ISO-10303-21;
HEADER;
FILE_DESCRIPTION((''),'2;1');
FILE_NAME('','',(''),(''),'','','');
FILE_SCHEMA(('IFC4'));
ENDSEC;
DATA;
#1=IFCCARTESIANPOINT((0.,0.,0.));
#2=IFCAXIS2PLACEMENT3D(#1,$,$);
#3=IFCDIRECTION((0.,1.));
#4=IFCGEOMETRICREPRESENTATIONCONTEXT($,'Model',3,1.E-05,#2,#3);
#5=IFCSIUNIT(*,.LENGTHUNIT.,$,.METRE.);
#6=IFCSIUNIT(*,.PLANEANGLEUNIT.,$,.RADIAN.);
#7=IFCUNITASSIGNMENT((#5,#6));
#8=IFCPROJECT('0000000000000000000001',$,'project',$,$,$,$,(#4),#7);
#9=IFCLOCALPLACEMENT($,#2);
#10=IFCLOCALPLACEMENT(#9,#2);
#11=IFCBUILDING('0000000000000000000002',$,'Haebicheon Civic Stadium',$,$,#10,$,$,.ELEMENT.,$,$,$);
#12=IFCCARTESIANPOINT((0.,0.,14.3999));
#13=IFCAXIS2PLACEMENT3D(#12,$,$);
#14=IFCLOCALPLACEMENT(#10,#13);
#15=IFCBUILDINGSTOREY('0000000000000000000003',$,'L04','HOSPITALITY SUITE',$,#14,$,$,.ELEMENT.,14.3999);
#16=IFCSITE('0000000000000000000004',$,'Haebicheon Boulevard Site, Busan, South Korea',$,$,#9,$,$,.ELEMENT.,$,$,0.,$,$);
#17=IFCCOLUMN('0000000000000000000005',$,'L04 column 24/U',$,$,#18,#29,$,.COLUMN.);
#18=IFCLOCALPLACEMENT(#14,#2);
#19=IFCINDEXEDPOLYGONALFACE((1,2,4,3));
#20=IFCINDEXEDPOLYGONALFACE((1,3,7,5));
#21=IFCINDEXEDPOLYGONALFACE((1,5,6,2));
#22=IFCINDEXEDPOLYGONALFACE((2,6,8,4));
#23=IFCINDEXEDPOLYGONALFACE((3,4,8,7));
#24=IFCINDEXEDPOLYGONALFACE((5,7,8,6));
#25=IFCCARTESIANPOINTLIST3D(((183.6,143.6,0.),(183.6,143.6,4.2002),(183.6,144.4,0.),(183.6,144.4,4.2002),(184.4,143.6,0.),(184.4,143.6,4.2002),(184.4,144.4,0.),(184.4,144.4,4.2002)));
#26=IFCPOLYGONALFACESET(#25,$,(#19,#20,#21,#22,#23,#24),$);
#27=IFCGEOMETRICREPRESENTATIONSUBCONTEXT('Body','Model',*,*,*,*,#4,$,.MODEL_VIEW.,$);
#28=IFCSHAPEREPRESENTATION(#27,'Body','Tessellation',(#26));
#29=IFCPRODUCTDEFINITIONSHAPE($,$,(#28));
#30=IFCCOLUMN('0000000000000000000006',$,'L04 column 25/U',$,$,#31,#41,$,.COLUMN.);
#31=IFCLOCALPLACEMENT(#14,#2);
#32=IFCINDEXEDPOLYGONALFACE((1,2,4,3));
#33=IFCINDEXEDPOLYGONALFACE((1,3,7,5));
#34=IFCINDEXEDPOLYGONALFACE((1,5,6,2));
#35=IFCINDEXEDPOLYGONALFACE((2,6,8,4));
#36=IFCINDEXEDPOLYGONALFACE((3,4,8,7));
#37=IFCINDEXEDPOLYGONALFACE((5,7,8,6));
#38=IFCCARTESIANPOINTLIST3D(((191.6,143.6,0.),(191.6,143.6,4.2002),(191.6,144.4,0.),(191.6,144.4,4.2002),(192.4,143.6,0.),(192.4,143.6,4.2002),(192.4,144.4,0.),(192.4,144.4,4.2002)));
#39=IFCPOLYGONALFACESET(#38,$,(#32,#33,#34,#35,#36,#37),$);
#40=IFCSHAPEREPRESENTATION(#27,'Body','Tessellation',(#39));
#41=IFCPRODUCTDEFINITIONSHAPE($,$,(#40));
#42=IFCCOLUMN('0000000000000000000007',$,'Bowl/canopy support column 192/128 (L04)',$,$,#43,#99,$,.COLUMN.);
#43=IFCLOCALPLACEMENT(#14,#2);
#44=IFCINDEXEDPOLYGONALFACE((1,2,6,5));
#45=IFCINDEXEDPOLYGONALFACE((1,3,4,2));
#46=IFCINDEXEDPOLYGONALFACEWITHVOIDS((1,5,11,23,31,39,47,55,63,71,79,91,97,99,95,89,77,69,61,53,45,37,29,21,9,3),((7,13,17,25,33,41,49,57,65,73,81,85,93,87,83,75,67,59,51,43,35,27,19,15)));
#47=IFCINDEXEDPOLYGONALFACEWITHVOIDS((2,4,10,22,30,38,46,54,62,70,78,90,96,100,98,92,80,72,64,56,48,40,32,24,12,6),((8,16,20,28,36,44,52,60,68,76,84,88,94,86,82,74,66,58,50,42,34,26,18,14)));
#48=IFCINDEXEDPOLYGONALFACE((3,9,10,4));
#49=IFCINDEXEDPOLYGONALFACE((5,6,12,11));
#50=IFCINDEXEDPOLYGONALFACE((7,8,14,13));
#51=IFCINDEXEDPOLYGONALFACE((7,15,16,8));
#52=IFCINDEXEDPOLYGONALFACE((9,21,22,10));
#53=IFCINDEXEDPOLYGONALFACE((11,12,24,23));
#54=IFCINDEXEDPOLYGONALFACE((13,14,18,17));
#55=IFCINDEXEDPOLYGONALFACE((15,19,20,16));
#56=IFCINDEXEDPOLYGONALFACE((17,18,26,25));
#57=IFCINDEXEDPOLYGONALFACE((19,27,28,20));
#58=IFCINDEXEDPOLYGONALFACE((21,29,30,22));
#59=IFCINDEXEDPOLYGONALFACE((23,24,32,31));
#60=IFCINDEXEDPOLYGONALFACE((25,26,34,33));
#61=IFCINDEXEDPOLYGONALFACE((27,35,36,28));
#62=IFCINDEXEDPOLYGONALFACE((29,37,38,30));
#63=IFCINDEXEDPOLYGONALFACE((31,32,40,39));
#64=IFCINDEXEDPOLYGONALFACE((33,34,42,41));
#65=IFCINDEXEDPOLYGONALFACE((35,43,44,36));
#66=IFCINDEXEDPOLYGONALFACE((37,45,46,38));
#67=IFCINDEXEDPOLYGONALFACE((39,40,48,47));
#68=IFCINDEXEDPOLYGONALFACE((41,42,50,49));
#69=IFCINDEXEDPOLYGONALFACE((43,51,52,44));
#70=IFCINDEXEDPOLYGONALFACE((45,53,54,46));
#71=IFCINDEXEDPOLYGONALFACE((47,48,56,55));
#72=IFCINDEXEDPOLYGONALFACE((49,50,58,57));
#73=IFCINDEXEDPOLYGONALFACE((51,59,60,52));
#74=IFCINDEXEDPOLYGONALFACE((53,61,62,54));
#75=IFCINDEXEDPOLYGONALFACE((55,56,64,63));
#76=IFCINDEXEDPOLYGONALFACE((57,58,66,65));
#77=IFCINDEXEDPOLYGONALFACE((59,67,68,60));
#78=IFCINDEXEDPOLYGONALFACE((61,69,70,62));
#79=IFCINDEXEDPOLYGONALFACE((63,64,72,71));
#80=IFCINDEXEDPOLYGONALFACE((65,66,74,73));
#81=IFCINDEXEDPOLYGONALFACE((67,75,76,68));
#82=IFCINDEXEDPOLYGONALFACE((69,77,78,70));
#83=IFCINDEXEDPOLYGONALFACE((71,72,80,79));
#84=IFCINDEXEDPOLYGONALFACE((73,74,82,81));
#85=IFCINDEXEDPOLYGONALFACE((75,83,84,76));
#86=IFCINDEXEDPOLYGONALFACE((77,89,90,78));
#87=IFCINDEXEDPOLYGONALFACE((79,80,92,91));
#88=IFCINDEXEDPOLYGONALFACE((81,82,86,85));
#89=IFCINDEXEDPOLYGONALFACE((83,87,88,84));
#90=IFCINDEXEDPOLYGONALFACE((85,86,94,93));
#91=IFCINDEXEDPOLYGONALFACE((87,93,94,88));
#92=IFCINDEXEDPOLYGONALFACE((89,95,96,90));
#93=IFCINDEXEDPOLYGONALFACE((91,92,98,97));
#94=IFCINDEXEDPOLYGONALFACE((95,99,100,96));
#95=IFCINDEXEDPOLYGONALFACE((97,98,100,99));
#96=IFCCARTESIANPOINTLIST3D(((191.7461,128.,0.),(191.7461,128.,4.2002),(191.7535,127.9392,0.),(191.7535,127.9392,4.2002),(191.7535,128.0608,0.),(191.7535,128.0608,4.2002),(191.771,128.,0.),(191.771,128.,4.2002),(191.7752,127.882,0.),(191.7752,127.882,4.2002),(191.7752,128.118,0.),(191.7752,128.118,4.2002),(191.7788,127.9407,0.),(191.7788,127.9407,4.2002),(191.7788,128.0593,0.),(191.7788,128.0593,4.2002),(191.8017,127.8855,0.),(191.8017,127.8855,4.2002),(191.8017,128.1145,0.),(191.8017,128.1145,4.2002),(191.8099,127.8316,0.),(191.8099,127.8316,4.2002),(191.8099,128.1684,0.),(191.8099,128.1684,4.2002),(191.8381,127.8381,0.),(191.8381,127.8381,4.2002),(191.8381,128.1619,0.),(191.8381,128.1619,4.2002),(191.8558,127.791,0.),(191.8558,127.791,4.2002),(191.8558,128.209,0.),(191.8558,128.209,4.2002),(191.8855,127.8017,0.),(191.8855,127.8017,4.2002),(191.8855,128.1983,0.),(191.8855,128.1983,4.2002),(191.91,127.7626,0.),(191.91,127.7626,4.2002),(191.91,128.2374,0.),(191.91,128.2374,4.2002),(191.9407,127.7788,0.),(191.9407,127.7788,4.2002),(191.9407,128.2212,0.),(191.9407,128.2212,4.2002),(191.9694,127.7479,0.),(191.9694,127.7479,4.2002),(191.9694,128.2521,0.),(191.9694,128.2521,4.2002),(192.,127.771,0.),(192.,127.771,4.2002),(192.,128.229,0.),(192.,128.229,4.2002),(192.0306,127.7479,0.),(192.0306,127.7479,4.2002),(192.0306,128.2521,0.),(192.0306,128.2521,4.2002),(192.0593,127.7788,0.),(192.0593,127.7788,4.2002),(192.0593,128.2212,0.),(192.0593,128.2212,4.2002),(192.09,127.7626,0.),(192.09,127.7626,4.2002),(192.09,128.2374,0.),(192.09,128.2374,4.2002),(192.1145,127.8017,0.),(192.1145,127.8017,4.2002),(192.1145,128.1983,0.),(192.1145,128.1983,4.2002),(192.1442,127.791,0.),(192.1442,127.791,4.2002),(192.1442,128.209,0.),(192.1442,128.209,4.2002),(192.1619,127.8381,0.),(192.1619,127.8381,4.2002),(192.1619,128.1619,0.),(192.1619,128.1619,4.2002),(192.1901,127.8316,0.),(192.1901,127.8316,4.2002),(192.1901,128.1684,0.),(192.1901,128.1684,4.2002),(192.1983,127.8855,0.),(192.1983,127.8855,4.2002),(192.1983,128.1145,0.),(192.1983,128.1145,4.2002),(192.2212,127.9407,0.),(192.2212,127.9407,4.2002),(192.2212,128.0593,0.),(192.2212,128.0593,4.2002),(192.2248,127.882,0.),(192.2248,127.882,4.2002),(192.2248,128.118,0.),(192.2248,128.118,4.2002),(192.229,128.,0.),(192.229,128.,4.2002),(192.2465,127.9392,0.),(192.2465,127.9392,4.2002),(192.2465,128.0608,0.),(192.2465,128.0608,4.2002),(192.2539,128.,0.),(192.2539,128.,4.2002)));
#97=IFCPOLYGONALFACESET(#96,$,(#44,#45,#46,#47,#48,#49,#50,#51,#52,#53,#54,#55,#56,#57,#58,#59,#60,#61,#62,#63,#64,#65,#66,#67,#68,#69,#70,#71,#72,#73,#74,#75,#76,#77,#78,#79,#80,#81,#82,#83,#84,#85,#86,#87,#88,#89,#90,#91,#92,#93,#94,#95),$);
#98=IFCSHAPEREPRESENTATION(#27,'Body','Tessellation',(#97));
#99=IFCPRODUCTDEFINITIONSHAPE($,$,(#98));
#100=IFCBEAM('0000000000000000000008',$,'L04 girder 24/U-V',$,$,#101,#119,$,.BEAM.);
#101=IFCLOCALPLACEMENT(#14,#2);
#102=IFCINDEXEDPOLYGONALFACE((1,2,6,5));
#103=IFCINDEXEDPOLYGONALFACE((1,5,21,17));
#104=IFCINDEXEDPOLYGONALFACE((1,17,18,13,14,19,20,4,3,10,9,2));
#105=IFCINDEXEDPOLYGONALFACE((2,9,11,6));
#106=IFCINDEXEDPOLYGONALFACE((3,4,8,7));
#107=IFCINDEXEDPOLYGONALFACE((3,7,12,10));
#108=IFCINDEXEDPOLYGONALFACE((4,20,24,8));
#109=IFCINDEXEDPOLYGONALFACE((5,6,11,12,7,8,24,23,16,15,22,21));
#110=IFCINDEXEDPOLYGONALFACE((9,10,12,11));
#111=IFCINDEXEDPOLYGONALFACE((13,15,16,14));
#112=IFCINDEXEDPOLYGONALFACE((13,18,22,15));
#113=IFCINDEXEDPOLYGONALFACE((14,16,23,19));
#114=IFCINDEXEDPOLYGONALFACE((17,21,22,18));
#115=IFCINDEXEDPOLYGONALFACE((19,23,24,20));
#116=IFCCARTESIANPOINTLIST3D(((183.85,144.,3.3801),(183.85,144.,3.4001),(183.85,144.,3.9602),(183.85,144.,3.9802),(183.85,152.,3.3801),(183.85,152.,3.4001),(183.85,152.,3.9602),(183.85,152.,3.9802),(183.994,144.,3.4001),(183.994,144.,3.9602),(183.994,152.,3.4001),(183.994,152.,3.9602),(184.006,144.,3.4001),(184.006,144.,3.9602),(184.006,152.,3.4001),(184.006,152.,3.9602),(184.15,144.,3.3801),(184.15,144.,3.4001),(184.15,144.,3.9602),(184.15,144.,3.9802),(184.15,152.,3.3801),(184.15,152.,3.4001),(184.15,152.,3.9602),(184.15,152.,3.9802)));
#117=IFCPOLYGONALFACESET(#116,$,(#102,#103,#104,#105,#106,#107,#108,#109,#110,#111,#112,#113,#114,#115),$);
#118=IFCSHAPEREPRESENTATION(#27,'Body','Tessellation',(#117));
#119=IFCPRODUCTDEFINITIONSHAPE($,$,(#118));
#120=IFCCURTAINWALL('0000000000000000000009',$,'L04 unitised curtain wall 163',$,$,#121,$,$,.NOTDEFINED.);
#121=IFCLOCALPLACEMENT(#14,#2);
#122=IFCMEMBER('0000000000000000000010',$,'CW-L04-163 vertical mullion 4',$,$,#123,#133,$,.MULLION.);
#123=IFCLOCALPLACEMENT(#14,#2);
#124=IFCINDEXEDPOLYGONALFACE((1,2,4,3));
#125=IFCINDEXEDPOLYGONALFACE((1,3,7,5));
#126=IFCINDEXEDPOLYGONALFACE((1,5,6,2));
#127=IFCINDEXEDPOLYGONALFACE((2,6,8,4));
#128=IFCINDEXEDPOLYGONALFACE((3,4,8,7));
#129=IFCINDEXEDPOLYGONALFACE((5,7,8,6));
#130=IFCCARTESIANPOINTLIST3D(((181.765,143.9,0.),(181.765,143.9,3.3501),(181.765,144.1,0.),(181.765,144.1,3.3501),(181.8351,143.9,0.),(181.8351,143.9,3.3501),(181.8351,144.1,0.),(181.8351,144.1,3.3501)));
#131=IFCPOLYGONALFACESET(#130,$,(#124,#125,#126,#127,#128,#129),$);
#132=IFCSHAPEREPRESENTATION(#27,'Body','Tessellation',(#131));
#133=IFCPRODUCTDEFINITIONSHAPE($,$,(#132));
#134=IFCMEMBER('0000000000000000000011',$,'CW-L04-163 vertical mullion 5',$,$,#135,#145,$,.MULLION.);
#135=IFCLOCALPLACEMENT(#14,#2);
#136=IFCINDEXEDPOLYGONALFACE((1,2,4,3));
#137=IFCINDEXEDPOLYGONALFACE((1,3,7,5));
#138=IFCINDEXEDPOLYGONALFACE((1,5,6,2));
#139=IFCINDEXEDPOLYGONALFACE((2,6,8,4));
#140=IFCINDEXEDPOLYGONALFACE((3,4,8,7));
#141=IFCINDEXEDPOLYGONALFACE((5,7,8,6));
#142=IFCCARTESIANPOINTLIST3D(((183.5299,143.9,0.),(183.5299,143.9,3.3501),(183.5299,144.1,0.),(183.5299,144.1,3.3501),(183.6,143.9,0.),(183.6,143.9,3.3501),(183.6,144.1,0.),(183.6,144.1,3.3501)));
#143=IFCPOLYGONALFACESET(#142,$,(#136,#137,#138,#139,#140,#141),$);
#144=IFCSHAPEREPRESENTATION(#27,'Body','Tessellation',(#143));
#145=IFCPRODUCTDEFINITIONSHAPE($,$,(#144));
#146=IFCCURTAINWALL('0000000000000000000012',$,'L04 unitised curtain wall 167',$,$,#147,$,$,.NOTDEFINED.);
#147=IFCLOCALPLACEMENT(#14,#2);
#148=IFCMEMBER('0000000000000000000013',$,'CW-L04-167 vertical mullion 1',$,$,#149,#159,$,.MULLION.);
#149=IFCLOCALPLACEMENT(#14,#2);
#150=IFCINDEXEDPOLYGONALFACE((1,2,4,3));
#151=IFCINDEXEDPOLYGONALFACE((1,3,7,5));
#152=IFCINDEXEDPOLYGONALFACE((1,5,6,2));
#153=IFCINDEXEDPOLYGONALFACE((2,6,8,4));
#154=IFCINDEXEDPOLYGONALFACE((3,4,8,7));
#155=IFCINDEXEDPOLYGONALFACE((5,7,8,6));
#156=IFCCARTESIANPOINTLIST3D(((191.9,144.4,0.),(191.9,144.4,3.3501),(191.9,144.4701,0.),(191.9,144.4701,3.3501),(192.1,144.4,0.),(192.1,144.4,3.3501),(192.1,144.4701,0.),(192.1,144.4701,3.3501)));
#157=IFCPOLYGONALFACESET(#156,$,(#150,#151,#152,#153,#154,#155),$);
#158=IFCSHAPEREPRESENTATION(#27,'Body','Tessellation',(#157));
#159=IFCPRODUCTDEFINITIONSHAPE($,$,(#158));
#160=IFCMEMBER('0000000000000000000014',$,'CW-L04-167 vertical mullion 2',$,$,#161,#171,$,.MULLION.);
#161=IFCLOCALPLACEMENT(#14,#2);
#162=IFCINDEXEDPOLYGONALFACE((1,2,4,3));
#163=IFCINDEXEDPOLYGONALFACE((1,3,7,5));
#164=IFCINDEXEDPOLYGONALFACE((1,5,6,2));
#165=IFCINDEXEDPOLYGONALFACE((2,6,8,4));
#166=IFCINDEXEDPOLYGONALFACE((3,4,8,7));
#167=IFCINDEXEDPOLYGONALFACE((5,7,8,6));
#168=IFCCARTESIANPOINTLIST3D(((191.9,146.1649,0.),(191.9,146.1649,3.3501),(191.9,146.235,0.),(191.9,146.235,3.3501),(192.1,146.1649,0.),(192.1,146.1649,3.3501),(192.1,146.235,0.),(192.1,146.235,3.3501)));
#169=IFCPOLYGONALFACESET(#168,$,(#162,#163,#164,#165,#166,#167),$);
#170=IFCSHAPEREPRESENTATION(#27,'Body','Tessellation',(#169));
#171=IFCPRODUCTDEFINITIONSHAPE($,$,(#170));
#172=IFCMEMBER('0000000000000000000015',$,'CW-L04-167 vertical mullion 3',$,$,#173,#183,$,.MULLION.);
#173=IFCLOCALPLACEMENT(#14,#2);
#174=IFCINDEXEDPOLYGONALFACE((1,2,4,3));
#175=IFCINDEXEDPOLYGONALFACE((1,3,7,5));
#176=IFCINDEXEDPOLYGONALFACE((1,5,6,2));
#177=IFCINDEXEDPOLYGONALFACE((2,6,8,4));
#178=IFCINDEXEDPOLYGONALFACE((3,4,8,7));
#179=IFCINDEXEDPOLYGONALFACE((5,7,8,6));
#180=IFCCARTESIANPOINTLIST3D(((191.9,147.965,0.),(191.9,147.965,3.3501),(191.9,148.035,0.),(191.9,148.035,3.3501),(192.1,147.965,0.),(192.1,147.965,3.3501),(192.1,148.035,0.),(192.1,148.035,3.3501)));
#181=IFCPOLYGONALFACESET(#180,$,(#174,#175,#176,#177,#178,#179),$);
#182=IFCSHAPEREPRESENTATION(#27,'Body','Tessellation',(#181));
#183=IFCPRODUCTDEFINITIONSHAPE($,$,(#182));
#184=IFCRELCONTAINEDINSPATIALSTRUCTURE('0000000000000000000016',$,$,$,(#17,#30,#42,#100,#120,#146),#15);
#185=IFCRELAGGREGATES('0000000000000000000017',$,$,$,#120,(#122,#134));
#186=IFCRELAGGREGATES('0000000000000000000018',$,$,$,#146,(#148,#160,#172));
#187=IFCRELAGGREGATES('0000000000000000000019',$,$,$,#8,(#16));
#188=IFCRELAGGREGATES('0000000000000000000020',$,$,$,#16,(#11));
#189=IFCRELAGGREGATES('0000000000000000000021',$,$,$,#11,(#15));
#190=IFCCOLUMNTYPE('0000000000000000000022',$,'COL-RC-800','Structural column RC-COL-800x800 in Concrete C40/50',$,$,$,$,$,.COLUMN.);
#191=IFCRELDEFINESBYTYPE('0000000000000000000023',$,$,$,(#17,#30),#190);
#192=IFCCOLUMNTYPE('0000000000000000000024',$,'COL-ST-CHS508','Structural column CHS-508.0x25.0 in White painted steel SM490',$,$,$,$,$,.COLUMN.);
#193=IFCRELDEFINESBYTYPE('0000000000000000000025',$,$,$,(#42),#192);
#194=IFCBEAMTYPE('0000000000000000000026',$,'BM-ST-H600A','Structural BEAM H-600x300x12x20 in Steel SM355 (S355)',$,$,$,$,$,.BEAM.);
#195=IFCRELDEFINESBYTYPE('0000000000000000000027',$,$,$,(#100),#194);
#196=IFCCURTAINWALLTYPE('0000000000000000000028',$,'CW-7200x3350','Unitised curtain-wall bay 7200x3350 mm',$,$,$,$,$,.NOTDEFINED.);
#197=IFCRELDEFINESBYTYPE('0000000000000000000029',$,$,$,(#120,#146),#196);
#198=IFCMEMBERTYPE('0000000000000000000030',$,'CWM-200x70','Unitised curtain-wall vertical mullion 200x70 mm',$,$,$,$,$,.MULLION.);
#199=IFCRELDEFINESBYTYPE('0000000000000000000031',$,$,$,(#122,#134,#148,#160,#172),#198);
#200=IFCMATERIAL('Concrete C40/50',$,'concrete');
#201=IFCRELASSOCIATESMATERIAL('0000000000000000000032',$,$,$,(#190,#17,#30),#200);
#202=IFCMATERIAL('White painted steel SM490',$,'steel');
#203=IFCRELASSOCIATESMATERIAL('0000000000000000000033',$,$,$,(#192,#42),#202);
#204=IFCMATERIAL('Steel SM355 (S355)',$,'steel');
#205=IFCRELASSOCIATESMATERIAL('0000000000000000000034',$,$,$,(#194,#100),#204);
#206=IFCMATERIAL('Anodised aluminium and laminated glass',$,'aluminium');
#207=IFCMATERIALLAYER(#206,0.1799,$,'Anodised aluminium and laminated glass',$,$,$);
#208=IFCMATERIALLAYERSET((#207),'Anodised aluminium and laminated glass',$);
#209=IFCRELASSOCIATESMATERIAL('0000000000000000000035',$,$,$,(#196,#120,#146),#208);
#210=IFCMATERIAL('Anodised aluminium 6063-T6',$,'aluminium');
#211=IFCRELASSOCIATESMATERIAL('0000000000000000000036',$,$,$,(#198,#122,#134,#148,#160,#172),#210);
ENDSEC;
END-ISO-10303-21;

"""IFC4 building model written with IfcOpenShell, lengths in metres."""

from ifc_helpers import new_model, si_unit, direction, frame, origin, origin_2d, place, context, subcontext, project, spatial, rectangle, hollow_circle, i_section, extrude, material, layer, layer_set, material_profile, profile_set, type_object, element, aggregate, save


model = new_model("IFC4")

# Units and contexts
model_context = context("Model", 3, precision=1e-05, world=origin(), true_north=direction((0.0, 1.0)))
body_context = subcontext(model_context, "Body", "Model", "MODEL_VIEW")
ifc_project = project(units=[si_unit("LENGTHUNIT", "METRE"), si_unit("PLANEANGLEUNIT", "RADIAN")], contexts=[model_context])

# Site, building, storey
site_placement = place(None, origin())
site = spatial("IfcSite", under=ifc_project, at=site_placement, Name="Haebicheon Boulevard Site, Busan, South Korea", CompositionType="ELEMENT", RefElevation=0.0)
building_placement = place(site_placement, origin())
building = spatial("IfcBuilding", under=site, at=building_placement, Name="Haebicheon Civic Stadium", CompositionType="ELEMENT")
storey_placement = place(building_placement, frame((0.0, 0.0, 14.3999)))
storey = spatial("IfcBuildingStorey", under=building, at=storey_placement, Name="L04", Description="HOSPITALITY SUITE", CompositionType="ELEMENT", Elevation=14.3999)

# Columns
ifc_material_1 = material(Name="Concrete C40/50", Category="concrete")
ifc_material_profile_1 = material_profile(ifc_material_1, rectangle(XDim=0.8, YDim=0.8, at=origin_2d()), Name="RC-COL-800x800")
ifc_profile_set_1 = profile_set([ifc_material_profile_1], Name="Concrete C40/50")
column_type_1 = type_object("IfcColumnType", Name="COL-RC-800", Description="Structural column RC-COL-800x800 in Concrete C40/50", PredefinedType="COLUMN", material=ifc_profile_set_1)
for number, where, z_axis, x_axis, name in (
    (1, (184.0, 144.0, 0.0), (0.0, 0.0, 1.0), (1.0, 0.0, 0.0), "L04 column 24/U"),
    (2, (192.0, 144.0, 0.0), (0.0, 0.0, 1.0), (1.0, 0.0, 0.0), "L04 column 25/U"),
):
    element("IfcColumn", number, at=place(storey_placement, frame(where, z_axis=z_axis, x_axis=x_axis)), inside=storey, type_object=column_type_1, material=ifc_profile_set_1, Name=name, PredefinedType="COLUMN", context=body_context, shape_type="SweptSolid", body=[
        extrude(rectangle(XDim=0.8, YDim=0.8, at=origin_2d()), origin(), (0.0, 0.0, 1.0), 4.2002),
    ])
ifc_material_2 = material(Name="White painted steel SM490", Category="steel")
ifc_material_profile_2 = material_profile(ifc_material_2, hollow_circle(Radius=0.2539, WallThickness=0.0249, at=origin_2d()), Name="CHS-508.0x25.0")
ifc_profile_set_2 = profile_set([ifc_material_profile_2], Name="White painted steel SM490")
column_type_2 = type_object("IfcColumnType", Name="COL-ST-CHS508", Description="Structural column CHS-508.0x25.0 in White painted steel SM490", PredefinedType="COLUMN", material=ifc_profile_set_2)
column_placement = place(storey_placement, frame((192.0, 128.0, 0.0), z_axis=(0.0, 0.0, 1.0), x_axis=(1.0, 0.0, 0.0)))
element("IfcColumn", 3, at=column_placement, inside=storey, type_object=column_type_2, material=ifc_profile_set_2, Name="Bowl/canopy support column 192/128 (L04)", PredefinedType="COLUMN", context=body_context, shape_type="SweptSolid", body=[
    extrude(hollow_circle(Radius=0.2539, WallThickness=0.0249, at=origin_2d()), origin(), (0.0, 0.0, 1.0), 4.2002),
])

# Beam
ifc_material_3 = material(Name="Steel SM355 (S355)", Category="steel")
ifc_material_profile_3 = material_profile(ifc_material_3, i_section(OverallWidth=0.3, OverallDepth=0.6001, WebThickness=0.012, FlangeThickness=0.02, at=origin_2d()), Name="H-600x300x12x20")
ifc_profile_set_3 = profile_set([ifc_material_profile_3], Name="Steel SM355 (S355)")
beam_type_1 = type_object("IfcBeamType", Name="BM-ST-H600A", Description="Structural BEAM H-600x300x12x20 in Steel SM355 (S355)", PredefinedType="BEAM", material=ifc_profile_set_3)
beam_1_placement = place(storey_placement, frame((184.0, 144.0, 3.6802), z_axis=(0.0, 1.0, 0.0), x_axis=(-1.0, 0.0, 0.0)))
element("IfcBeam", 4, at=beam_1_placement, inside=storey, type_object=beam_type_1, material=ifc_profile_set_3, Name="L04 girder 24/U-V", PredefinedType="BEAM", context=body_context, shape_type="SweptSolid", body=[
    extrude(i_section(OverallWidth=0.3, OverallDepth=0.6001, WebThickness=0.012, FlangeThickness=0.02, at=origin_2d()), origin(), (0.0, 0.0, 1.0), 8.0),
])

# Curtain walls, members
ifc_material_4 = material(Name="Anodised aluminium and laminated glass", Category="aluminium")
ifc_layer_1 = layer(ifc_material_4, 0.1799, Name="Anodised aluminium and laminated glass")
ifc_layer_set_1 = layer_set([ifc_layer_1], Name="Anodised aluminium and laminated glass")
curtain_wall_type = type_object("IfcCurtainWallType", Name="CW-7200x3350", Description="Unitised curtain-wall bay 7200x3350 mm", PredefinedType="NOTDEFINED", material=ifc_layer_set_1)
curtain_wall_1_placement = place(storey_placement, origin())
curtain_wall_1 = element("IfcCurtainWall", 5, at=curtain_wall_1_placement, inside=storey, type_object=curtain_wall_type, material=ifc_layer_set_1, Name="L04 unitised curtain wall 163", PredefinedType="NOTDEFINED")
ifc_material_5 = material(Name="Anodised aluminium 6063-T6", Category="aluminium")
ifc_material_profile_4 = material_profile(ifc_material_5, rectangle(XDim=0.0701, YDim=0.2, at=origin_2d()), Name="ALU-MULL-70x200")
ifc_profile_set_4 = profile_set([ifc_material_profile_4], Name="Anodised aluminium 6063-T6")
member_type_1 = type_object("IfcMemberType", Name="CWM-200x70", Description="Unitised curtain-wall vertical mullion 200x70 mm", PredefinedType="MULLION", material=ifc_profile_set_4)
member_1_placement = place(storey_placement, frame((181.8, 144.0, 0.0), z_axis=(0.0, 0.0, 1.0), x_axis=(1.0, 0.0, 0.0)))
member_1 = element("IfcMember", 6, at=member_1_placement, type_object=member_type_1, material=ifc_profile_set_4, Name="CW-L04-163 vertical mullion 4", PredefinedType="MULLION", context=body_context, shape_type="SweptSolid", body=[
    extrude(rectangle(XDim=0.0701, YDim=0.2, at=origin_2d()), origin(), (0.0, 0.0, 1.0), 3.3501),
])
member_2_placement = place(storey_placement, frame((183.5649, 144.0, 0.0), z_axis=(0.0, 0.0, 1.0), x_axis=(1.0, 0.0, 0.0)))
member_2 = element("IfcMember", 7, at=member_2_placement, type_object=member_type_1, material=ifc_profile_set_4, Name="CW-L04-163 vertical mullion 5", PredefinedType="MULLION", context=body_context, shape_type="SweptSolid", body=[
    extrude(rectangle(XDim=0.0701, YDim=0.2, at=origin_2d()), origin(), (0.0, 0.0, 1.0), 3.3501),
])
curtain_wall_2_placement = place(storey_placement, origin())
curtain_wall_2 = element("IfcCurtainWall", 8, at=curtain_wall_2_placement, inside=storey, type_object=curtain_wall_type, material=ifc_layer_set_1, Name="L04 unitised curtain wall 167", PredefinedType="NOTDEFINED")
member_3_placement = place(storey_placement, frame((192.0, 144.4351, 0.0), z_axis=(0.0, 0.0, 1.0), x_axis=(0.0, 1.0, 0.0)))
member_3 = element("IfcMember", 9, at=member_3_placement, type_object=member_type_1, material=ifc_profile_set_4, Name="CW-L04-167 vertical mullion 1", PredefinedType="MULLION", context=body_context, shape_type="SweptSolid", body=[
    extrude(rectangle(XDim=0.0701, YDim=0.2, at=origin_2d()), origin(), (0.0, 0.0, 1.0), 3.3501),
])
member_4_placement = place(storey_placement, frame((192.0, 146.2, 0.0), z_axis=(0.0, 0.0, 1.0), x_axis=(0.0, 1.0, 0.0)))
member_4 = element("IfcMember", 10, at=member_4_placement, type_object=member_type_1, material=ifc_profile_set_4, Name="CW-L04-167 vertical mullion 2", PredefinedType="MULLION", context=body_context, shape_type="SweptSolid", body=[
    extrude(rectangle(XDim=0.0701, YDim=0.2, at=origin_2d()), origin(), (0.0, 0.0, 1.0), 3.3501),
])
member_5_placement = place(storey_placement, frame((192.0, 148.0, 0.0), z_axis=(0.0, 0.0, 1.0), x_axis=(0.0, 1.0, 0.0)))
member_5 = element("IfcMember", 11, at=member_5_placement, type_object=member_type_1, material=ifc_profile_set_4, Name="CW-L04-167 vertical mullion 3", PredefinedType="MULLION", context=body_context, shape_type="SweptSolid", body=[
    extrude(rectangle(XDim=0.0701, YDim=0.2, at=origin_2d()), origin(), (0.0, 0.0, 1.0), 3.3501),
])

aggregate(curtain_wall_1, [member_1, member_2])
aggregate(curtain_wall_2, [member_3, member_4, member_5])

save(model, "model.ifc")
